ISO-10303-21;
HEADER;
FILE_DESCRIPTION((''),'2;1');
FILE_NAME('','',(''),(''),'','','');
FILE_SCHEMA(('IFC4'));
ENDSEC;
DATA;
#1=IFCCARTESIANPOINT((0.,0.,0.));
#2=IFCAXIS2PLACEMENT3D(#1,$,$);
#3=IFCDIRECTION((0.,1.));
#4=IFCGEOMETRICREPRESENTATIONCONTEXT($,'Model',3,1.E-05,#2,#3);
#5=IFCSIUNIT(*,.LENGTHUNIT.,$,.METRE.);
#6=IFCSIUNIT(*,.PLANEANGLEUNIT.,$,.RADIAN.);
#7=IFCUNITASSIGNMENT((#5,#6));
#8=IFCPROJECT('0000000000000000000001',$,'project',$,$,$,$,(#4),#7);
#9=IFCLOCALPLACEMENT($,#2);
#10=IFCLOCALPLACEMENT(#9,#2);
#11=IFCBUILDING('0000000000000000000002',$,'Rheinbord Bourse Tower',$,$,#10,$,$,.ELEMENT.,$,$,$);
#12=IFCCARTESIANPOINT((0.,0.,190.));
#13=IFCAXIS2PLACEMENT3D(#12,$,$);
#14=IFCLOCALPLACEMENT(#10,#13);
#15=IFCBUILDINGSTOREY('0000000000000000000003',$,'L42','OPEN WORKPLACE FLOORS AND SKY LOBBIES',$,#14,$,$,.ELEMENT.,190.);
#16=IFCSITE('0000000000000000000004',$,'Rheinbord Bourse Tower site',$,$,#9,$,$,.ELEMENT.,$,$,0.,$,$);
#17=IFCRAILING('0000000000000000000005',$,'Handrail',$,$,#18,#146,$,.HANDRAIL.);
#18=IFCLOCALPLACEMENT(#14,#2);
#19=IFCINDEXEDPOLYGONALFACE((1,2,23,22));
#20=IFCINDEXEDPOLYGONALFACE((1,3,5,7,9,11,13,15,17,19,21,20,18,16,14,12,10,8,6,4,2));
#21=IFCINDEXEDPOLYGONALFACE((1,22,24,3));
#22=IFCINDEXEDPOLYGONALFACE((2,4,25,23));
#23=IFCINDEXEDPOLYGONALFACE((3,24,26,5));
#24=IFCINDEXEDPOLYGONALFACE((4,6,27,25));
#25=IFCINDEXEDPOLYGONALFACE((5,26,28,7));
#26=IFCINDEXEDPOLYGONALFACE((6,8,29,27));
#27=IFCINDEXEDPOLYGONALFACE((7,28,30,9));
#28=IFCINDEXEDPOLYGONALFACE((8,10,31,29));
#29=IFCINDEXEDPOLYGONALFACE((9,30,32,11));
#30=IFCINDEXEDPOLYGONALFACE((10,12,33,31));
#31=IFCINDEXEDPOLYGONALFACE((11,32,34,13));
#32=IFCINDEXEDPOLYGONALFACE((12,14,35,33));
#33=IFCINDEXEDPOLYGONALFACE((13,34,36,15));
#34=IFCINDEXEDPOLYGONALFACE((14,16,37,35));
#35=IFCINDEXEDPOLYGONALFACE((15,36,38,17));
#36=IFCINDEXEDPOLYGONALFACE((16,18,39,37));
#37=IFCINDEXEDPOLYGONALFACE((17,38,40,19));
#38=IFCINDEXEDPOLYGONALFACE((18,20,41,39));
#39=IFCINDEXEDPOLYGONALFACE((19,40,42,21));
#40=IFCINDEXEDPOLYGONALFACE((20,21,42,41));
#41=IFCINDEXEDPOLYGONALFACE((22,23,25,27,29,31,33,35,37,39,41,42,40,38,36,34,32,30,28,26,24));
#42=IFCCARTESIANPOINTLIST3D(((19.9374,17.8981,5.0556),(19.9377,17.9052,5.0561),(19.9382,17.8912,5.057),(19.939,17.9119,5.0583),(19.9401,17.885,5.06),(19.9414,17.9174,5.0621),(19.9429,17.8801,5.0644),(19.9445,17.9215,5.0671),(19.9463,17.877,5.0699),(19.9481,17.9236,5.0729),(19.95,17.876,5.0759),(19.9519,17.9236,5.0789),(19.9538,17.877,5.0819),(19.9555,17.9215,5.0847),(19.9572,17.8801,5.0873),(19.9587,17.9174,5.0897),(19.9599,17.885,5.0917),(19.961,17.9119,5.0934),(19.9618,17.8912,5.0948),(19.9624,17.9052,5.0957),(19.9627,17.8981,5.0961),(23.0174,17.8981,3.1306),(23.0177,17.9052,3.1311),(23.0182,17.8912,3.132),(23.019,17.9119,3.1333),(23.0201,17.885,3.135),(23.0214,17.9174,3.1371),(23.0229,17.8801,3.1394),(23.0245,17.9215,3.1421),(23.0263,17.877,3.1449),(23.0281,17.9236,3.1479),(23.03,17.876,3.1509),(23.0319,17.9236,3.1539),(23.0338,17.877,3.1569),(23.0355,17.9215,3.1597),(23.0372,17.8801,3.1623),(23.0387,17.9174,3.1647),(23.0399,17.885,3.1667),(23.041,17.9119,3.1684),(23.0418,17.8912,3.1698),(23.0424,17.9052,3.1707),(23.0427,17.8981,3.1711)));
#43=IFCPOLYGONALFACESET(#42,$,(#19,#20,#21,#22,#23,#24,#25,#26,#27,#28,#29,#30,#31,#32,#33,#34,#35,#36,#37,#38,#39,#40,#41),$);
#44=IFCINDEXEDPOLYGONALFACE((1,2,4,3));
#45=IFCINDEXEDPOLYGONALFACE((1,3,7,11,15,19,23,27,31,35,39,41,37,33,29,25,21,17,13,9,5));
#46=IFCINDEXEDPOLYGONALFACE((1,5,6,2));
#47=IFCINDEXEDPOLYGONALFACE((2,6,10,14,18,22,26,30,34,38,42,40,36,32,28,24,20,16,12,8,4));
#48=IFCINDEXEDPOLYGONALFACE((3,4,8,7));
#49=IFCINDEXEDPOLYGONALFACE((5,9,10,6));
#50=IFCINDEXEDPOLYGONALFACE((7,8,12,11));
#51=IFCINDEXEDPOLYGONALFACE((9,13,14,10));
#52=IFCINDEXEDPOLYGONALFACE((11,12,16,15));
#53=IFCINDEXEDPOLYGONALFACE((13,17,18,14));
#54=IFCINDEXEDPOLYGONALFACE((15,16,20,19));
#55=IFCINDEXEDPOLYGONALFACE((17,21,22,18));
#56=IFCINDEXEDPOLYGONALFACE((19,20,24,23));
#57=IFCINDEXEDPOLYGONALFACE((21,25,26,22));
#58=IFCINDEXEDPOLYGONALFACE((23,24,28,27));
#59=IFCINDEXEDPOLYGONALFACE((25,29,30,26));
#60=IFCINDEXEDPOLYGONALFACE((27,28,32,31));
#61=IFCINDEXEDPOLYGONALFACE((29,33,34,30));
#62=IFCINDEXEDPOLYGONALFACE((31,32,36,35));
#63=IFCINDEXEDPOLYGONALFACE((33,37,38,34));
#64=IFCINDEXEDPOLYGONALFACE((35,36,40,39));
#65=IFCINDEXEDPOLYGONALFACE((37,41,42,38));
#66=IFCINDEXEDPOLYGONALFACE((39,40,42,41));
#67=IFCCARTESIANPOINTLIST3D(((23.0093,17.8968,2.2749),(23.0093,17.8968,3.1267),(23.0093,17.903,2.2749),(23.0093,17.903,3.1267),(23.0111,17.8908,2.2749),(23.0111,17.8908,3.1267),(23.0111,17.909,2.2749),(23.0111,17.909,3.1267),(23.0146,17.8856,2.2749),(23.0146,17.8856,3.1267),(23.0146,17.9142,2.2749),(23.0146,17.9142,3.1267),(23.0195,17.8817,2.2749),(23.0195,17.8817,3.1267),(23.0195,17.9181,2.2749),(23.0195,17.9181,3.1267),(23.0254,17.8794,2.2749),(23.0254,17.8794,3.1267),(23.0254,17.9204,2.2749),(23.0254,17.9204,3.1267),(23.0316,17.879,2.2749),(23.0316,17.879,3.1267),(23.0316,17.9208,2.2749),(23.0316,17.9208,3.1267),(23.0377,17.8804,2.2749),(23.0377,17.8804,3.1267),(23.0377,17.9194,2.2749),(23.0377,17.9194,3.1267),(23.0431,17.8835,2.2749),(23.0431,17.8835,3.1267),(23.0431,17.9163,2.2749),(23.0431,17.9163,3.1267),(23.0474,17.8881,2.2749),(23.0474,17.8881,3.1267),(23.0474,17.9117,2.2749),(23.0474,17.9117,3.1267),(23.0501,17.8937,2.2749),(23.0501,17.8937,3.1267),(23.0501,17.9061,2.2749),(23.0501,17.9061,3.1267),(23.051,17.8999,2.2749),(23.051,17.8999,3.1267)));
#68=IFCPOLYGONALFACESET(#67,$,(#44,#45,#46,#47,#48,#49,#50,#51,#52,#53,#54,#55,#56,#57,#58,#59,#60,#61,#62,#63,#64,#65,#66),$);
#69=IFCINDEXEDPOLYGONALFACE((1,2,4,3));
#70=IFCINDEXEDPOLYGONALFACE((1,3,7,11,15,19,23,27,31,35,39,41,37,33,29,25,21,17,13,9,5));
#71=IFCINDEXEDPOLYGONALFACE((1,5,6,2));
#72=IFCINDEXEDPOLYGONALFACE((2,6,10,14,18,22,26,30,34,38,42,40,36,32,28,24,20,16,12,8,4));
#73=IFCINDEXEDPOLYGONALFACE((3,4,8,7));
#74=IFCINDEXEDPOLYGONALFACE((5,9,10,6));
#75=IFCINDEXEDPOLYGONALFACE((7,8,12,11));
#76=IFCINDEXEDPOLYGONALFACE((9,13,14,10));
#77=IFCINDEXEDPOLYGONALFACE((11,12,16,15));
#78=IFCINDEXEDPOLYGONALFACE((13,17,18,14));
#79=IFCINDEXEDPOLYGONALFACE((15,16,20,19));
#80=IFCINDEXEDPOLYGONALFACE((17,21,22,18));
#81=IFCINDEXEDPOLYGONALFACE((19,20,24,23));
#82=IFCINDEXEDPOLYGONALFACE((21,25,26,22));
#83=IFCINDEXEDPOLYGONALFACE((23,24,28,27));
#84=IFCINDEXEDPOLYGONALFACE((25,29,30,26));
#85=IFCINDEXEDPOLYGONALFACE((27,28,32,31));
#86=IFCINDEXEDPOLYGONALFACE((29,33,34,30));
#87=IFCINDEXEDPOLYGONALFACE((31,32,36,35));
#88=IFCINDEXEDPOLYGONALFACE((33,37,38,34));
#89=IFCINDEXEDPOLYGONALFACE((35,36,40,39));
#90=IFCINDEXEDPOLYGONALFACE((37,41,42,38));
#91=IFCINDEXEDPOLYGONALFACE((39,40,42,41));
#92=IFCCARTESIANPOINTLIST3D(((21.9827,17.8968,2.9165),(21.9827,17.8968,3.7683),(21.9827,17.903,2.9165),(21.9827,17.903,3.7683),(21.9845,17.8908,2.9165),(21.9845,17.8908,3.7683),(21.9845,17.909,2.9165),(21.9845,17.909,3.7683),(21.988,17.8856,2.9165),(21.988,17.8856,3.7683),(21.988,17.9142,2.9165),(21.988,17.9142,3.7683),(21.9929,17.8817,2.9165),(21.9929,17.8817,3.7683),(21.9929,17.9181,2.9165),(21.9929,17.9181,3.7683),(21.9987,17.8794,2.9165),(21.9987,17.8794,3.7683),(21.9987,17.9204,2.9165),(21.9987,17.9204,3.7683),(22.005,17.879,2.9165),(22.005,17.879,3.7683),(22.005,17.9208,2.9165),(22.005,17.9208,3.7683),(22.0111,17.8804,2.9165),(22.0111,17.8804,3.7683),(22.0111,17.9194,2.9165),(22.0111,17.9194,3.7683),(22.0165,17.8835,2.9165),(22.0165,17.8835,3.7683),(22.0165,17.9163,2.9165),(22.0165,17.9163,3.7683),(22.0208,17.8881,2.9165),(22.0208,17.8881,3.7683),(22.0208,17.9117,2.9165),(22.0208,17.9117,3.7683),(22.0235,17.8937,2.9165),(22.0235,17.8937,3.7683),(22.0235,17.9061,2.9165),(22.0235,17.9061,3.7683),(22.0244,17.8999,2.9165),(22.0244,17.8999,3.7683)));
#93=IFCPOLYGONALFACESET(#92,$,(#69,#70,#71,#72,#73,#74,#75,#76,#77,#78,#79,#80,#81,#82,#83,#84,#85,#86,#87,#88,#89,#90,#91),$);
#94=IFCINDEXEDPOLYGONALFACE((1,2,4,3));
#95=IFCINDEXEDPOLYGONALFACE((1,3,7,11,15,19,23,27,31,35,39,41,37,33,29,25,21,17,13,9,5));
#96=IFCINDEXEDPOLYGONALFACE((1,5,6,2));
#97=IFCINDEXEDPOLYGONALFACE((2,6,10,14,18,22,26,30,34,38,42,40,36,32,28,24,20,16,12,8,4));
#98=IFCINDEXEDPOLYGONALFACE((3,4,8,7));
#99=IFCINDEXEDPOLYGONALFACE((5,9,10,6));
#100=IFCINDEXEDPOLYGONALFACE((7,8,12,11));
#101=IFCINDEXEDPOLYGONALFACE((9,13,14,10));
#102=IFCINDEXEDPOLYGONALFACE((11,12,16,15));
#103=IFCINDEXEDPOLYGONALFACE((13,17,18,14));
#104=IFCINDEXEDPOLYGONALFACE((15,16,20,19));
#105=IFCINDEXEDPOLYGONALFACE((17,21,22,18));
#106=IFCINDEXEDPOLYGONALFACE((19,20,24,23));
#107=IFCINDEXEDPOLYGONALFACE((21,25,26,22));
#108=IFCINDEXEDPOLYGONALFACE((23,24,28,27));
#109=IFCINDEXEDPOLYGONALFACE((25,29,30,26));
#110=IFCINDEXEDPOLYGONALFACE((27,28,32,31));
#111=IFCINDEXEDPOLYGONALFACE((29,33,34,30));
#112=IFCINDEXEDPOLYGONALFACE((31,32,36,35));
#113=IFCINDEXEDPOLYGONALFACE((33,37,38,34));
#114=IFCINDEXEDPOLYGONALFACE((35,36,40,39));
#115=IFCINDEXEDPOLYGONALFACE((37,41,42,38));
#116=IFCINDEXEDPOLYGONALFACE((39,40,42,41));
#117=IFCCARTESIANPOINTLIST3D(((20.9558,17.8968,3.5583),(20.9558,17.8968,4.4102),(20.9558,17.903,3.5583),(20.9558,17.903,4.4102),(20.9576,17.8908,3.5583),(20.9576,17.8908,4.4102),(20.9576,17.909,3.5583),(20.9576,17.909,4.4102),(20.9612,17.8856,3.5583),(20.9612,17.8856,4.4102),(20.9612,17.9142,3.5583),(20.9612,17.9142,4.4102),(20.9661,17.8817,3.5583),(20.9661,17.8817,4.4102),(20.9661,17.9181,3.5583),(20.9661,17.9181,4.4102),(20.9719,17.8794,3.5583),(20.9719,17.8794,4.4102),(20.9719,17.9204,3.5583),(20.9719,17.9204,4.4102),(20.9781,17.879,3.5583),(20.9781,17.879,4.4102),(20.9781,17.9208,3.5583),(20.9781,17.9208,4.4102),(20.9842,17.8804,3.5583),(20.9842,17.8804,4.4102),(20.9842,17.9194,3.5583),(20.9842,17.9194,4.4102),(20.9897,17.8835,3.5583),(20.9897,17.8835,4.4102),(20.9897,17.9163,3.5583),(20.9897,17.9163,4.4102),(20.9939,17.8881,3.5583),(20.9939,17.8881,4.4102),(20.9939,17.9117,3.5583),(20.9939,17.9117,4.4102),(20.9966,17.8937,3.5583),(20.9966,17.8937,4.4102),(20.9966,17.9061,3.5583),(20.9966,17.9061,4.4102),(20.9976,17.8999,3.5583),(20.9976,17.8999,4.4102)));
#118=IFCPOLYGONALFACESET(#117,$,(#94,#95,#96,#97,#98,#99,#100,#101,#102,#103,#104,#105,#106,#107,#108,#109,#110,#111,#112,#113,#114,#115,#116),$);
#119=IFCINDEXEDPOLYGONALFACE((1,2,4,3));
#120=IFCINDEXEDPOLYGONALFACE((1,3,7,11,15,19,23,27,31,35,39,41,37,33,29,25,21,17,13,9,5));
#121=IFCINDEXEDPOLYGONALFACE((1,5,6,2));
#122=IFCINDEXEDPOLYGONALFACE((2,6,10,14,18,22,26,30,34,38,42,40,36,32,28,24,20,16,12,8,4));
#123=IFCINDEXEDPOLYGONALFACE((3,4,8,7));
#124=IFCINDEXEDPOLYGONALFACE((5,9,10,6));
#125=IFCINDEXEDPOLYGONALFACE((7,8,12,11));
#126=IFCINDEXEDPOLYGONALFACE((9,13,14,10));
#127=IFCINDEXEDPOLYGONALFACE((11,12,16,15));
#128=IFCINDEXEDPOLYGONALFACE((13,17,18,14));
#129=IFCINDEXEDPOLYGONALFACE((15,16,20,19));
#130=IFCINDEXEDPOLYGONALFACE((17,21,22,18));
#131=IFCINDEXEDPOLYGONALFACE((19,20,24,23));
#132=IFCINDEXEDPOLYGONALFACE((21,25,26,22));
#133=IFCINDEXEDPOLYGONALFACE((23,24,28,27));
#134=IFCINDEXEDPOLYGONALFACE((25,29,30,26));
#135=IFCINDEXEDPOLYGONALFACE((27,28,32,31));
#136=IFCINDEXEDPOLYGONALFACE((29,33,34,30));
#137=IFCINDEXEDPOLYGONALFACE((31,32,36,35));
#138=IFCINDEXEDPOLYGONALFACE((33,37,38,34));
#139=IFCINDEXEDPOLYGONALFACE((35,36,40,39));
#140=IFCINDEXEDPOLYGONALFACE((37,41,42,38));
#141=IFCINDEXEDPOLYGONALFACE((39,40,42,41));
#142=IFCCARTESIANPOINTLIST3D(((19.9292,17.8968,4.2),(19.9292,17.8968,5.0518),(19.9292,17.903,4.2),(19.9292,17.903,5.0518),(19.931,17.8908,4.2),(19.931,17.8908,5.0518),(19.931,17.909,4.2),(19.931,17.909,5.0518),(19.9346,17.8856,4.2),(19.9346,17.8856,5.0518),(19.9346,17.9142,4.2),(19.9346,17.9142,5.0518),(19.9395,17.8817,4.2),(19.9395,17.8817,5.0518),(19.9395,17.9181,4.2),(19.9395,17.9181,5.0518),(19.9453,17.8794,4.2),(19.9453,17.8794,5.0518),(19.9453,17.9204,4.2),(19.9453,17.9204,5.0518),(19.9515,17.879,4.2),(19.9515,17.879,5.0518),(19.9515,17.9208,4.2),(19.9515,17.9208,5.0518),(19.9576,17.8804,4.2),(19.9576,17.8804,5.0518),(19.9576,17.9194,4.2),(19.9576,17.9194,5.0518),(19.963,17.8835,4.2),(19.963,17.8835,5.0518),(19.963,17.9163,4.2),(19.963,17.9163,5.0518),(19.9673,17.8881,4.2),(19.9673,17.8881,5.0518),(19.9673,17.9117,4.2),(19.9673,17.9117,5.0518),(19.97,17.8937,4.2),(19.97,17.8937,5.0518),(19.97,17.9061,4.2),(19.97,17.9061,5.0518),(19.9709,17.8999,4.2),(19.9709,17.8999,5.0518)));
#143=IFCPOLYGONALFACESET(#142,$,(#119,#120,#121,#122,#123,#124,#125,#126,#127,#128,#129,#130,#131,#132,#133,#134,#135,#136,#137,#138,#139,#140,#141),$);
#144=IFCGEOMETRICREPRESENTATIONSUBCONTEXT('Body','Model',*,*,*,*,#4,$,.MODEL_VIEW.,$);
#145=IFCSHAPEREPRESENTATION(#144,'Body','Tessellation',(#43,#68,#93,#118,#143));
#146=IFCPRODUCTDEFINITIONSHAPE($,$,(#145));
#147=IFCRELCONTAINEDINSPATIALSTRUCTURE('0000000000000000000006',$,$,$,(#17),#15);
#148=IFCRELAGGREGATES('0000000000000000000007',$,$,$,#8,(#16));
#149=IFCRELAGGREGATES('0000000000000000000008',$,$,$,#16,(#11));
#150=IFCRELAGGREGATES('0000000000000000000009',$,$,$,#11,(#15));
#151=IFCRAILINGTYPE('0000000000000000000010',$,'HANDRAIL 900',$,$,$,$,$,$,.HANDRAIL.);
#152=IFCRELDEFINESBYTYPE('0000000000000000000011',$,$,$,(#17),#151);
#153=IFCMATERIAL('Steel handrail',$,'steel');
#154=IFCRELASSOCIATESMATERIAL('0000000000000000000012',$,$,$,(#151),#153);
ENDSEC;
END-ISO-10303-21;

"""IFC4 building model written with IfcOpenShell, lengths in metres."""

from ifc_helpers import new_model, si_unit, direction, frame, origin, origin_2d, place, context, subcontext, project, spatial, circle, extrude, material, type_object, element, save


model = new_model("IFC4")

# Units and contexts
model_context = context("Model", 3, precision=1e-05, world=origin(), true_north=direction((0.0, 1.0)))
body_context = subcontext(model_context, "Body", "Model", "MODEL_VIEW")
ifc_project = project(units=[si_unit("LENGTHUNIT", "METRE"), si_unit("PLANEANGLEUNIT", "RADIAN")], contexts=[model_context])

# Site, building, storey
site_placement = place(None, origin())
site = spatial("IfcSite", under=ifc_project, at=site_placement, Name="Rheinbord Bourse Tower site", CompositionType="ELEMENT", RefElevation=0.0)
building_placement = place(site_placement, origin())
building = spatial("IfcBuilding", under=site, at=building_placement, Name="Rheinbord Bourse Tower", CompositionType="ELEMENT")
storey_placement = place(building_placement, frame((0.0, 0.0, 190.0)))
storey = spatial("IfcBuildingStorey", under=building, at=storey_placement, Name="L42", Description="OPEN WORKPLACE FLOORS AND SKY LOBBIES", CompositionType="ELEMENT", Elevation=190.0)

# Railing
ifc_material_1 = material(Name="Steel handrail", Category="steel")
railing_type = type_object("IfcRailingType", Name="HANDRAIL 900", PredefinedType="HANDRAIL", material=ifc_material_1)
railing_1_placement = place(storey_placement, frame((23.03, 17.8999, 2.2749)))
element("IfcRailing", 1, at=railing_1_placement, inside=storey, type_object=railing_type, Name="Handrail", PredefinedType="HANDRAIL", context=body_context, shape_type="SweptSolid", body=[
    extrude(circle(Radius=0.0239, at=origin_2d()), frame((0.0, 0.0, 0.876), z_axis=(-0.847998, 0.0, 0.529999), x_axis=(0.0, -1.0, 0.0)), (0.0, 0.0, 1.0), 3.6321),
    extrude(circle(Radius=0.021, at=origin_2d()), origin(), (0.0, 0.0, 1.0), 0.8518),
    extrude(circle(Radius=0.021, at=origin_2d()), frame((-1.0266, 0.0, 0.6416)), (0.0, 0.0, 1.0), 0.8518),
    extrude(circle(Radius=0.021, at=origin_2d()), frame((-2.0535, 0.0, 1.2834)), (0.0, 0.0, 1.0), 0.8518),
    extrude(circle(Radius=0.021, at=origin_2d()), frame((-3.0801, 0.0, 1.925)), (0.0, 0.0, 1.0), 0.8518),
])

save(model, "model.ifc")
